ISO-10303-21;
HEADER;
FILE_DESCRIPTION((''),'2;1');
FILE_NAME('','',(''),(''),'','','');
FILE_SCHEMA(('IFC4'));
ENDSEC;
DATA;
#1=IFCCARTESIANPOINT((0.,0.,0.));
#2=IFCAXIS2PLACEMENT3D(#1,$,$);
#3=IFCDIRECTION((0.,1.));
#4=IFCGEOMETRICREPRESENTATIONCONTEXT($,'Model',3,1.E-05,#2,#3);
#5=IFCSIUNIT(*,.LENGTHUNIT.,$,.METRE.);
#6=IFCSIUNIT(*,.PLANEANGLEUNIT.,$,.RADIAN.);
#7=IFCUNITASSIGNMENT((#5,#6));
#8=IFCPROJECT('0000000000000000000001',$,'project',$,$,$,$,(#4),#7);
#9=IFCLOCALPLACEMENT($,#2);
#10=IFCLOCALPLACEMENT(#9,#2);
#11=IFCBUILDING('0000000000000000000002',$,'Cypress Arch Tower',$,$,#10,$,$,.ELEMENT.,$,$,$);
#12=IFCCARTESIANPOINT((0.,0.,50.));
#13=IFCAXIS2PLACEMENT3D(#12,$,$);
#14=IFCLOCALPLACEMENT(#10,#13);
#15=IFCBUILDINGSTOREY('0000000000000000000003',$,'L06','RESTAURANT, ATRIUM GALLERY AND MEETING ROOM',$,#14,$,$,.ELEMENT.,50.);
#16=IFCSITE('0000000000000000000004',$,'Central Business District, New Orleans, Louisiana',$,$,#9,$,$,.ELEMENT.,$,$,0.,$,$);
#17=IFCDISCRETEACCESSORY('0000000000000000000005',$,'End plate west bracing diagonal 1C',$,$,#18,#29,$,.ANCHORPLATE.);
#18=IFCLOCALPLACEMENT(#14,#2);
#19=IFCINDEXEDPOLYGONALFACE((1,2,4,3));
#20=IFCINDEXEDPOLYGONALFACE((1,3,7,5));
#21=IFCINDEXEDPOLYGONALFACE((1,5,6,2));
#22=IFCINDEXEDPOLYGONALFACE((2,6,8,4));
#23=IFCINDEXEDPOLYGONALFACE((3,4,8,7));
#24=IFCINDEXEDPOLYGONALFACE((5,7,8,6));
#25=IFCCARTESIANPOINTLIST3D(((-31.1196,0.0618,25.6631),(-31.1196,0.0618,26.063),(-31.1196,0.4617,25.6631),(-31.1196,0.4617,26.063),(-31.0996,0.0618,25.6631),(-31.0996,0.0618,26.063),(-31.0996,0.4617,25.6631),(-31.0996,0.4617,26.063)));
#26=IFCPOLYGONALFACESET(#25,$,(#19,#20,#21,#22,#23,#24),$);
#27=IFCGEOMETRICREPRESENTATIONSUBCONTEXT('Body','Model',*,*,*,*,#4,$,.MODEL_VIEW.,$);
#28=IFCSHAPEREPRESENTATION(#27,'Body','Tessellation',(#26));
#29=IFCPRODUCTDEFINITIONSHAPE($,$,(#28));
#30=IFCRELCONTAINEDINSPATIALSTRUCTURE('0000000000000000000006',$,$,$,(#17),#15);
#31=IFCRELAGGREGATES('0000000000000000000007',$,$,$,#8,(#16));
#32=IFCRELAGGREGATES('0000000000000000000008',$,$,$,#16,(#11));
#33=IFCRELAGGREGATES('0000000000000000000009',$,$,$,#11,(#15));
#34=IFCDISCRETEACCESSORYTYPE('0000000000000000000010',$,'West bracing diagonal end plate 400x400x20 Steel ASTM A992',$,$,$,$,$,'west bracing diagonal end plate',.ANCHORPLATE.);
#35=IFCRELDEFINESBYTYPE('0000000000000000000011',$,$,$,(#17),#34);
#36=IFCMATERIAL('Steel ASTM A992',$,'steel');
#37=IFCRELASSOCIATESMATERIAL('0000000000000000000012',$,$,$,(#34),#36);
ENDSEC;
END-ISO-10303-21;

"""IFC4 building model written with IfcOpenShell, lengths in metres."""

from ifc_helpers import new_model, si_unit, direction, frame, origin, origin_2d, place, context, subcontext, project, spatial, rectangle, extrude, material, material_profile, profile_set, type_object, element, save


model = new_model("IFC4")

# Units and contexts
model_context = context("Model", 3, precision=1e-05, world=origin(), true_north=direction((0.0, 1.0)))
body_context = subcontext(model_context, "Body", "Model", "MODEL_VIEW")
ifc_project = project(units=[si_unit("LENGTHUNIT", "METRE"), si_unit("PLANEANGLEUNIT", "RADIAN")], contexts=[model_context])

# Site, building, storey
site_placement = place(None, origin())
site = spatial("IfcSite", under=ifc_project, at=site_placement, Name="Central Business District, New Orleans, Louisiana", CompositionType="ELEMENT", RefElevation=0.0)
building_placement = place(site_placement, origin())
building = spatial("IfcBuilding", under=site, at=building_placement, Name="Cypress Arch Tower", CompositionType="ELEMENT")
storey_placement = place(building_placement, frame((0.0, 0.0, 50.0)))
storey = spatial("IfcBuildingStorey", under=building, at=storey_placement, Name="L06", Description="RESTAURANT, ATRIUM GALLERY AND MEETING ROOM", CompositionType="ELEMENT", Elevation=50.0)

# Discrete accessory
ifc_material_1 = material(Name="Steel ASTM A992", Category="steel")
ifc_material_profile_1 = material_profile(ifc_material_1, rectangle(XDim=0.3999, YDim=0.3999, at=origin_2d()), Name="PL 20 400x400")
ifc_profile_set_1 = profile_set([ifc_material_profile_1], Name="Steel ASTM A992")
discrete_accessory_type_1 = type_object("IfcDiscreteAccessoryType", Name="West bracing diagonal end plate 400x400x20 Steel ASTM A992", ElementType="west bracing diagonal end plate", PredefinedType="ANCHORPLATE", material=ifc_profile_set_1)
discrete_accessory_1_placement = place(storey_placement, frame((-31.0996, 0.2617, 25.863), z_axis=(-1.0, 0.0, 0.0), x_axis=(0.0, -1.0, 0.0)))
element("IfcDiscreteAccessory", 1, at=discrete_accessory_1_placement, inside=storey, type_object=discrete_accessory_type_1, Name="End plate west bracing diagonal 1C", PredefinedType="ANCHORPLATE", context=body_context, shape_type="SweptSolid", body=[
    extrude(rectangle(XDim=0.3999, YDim=0.3999, at=origin_2d()), origin(), (0.0, 0.0, 1.0), 0.02),
])

save(model, "model.ifc")
